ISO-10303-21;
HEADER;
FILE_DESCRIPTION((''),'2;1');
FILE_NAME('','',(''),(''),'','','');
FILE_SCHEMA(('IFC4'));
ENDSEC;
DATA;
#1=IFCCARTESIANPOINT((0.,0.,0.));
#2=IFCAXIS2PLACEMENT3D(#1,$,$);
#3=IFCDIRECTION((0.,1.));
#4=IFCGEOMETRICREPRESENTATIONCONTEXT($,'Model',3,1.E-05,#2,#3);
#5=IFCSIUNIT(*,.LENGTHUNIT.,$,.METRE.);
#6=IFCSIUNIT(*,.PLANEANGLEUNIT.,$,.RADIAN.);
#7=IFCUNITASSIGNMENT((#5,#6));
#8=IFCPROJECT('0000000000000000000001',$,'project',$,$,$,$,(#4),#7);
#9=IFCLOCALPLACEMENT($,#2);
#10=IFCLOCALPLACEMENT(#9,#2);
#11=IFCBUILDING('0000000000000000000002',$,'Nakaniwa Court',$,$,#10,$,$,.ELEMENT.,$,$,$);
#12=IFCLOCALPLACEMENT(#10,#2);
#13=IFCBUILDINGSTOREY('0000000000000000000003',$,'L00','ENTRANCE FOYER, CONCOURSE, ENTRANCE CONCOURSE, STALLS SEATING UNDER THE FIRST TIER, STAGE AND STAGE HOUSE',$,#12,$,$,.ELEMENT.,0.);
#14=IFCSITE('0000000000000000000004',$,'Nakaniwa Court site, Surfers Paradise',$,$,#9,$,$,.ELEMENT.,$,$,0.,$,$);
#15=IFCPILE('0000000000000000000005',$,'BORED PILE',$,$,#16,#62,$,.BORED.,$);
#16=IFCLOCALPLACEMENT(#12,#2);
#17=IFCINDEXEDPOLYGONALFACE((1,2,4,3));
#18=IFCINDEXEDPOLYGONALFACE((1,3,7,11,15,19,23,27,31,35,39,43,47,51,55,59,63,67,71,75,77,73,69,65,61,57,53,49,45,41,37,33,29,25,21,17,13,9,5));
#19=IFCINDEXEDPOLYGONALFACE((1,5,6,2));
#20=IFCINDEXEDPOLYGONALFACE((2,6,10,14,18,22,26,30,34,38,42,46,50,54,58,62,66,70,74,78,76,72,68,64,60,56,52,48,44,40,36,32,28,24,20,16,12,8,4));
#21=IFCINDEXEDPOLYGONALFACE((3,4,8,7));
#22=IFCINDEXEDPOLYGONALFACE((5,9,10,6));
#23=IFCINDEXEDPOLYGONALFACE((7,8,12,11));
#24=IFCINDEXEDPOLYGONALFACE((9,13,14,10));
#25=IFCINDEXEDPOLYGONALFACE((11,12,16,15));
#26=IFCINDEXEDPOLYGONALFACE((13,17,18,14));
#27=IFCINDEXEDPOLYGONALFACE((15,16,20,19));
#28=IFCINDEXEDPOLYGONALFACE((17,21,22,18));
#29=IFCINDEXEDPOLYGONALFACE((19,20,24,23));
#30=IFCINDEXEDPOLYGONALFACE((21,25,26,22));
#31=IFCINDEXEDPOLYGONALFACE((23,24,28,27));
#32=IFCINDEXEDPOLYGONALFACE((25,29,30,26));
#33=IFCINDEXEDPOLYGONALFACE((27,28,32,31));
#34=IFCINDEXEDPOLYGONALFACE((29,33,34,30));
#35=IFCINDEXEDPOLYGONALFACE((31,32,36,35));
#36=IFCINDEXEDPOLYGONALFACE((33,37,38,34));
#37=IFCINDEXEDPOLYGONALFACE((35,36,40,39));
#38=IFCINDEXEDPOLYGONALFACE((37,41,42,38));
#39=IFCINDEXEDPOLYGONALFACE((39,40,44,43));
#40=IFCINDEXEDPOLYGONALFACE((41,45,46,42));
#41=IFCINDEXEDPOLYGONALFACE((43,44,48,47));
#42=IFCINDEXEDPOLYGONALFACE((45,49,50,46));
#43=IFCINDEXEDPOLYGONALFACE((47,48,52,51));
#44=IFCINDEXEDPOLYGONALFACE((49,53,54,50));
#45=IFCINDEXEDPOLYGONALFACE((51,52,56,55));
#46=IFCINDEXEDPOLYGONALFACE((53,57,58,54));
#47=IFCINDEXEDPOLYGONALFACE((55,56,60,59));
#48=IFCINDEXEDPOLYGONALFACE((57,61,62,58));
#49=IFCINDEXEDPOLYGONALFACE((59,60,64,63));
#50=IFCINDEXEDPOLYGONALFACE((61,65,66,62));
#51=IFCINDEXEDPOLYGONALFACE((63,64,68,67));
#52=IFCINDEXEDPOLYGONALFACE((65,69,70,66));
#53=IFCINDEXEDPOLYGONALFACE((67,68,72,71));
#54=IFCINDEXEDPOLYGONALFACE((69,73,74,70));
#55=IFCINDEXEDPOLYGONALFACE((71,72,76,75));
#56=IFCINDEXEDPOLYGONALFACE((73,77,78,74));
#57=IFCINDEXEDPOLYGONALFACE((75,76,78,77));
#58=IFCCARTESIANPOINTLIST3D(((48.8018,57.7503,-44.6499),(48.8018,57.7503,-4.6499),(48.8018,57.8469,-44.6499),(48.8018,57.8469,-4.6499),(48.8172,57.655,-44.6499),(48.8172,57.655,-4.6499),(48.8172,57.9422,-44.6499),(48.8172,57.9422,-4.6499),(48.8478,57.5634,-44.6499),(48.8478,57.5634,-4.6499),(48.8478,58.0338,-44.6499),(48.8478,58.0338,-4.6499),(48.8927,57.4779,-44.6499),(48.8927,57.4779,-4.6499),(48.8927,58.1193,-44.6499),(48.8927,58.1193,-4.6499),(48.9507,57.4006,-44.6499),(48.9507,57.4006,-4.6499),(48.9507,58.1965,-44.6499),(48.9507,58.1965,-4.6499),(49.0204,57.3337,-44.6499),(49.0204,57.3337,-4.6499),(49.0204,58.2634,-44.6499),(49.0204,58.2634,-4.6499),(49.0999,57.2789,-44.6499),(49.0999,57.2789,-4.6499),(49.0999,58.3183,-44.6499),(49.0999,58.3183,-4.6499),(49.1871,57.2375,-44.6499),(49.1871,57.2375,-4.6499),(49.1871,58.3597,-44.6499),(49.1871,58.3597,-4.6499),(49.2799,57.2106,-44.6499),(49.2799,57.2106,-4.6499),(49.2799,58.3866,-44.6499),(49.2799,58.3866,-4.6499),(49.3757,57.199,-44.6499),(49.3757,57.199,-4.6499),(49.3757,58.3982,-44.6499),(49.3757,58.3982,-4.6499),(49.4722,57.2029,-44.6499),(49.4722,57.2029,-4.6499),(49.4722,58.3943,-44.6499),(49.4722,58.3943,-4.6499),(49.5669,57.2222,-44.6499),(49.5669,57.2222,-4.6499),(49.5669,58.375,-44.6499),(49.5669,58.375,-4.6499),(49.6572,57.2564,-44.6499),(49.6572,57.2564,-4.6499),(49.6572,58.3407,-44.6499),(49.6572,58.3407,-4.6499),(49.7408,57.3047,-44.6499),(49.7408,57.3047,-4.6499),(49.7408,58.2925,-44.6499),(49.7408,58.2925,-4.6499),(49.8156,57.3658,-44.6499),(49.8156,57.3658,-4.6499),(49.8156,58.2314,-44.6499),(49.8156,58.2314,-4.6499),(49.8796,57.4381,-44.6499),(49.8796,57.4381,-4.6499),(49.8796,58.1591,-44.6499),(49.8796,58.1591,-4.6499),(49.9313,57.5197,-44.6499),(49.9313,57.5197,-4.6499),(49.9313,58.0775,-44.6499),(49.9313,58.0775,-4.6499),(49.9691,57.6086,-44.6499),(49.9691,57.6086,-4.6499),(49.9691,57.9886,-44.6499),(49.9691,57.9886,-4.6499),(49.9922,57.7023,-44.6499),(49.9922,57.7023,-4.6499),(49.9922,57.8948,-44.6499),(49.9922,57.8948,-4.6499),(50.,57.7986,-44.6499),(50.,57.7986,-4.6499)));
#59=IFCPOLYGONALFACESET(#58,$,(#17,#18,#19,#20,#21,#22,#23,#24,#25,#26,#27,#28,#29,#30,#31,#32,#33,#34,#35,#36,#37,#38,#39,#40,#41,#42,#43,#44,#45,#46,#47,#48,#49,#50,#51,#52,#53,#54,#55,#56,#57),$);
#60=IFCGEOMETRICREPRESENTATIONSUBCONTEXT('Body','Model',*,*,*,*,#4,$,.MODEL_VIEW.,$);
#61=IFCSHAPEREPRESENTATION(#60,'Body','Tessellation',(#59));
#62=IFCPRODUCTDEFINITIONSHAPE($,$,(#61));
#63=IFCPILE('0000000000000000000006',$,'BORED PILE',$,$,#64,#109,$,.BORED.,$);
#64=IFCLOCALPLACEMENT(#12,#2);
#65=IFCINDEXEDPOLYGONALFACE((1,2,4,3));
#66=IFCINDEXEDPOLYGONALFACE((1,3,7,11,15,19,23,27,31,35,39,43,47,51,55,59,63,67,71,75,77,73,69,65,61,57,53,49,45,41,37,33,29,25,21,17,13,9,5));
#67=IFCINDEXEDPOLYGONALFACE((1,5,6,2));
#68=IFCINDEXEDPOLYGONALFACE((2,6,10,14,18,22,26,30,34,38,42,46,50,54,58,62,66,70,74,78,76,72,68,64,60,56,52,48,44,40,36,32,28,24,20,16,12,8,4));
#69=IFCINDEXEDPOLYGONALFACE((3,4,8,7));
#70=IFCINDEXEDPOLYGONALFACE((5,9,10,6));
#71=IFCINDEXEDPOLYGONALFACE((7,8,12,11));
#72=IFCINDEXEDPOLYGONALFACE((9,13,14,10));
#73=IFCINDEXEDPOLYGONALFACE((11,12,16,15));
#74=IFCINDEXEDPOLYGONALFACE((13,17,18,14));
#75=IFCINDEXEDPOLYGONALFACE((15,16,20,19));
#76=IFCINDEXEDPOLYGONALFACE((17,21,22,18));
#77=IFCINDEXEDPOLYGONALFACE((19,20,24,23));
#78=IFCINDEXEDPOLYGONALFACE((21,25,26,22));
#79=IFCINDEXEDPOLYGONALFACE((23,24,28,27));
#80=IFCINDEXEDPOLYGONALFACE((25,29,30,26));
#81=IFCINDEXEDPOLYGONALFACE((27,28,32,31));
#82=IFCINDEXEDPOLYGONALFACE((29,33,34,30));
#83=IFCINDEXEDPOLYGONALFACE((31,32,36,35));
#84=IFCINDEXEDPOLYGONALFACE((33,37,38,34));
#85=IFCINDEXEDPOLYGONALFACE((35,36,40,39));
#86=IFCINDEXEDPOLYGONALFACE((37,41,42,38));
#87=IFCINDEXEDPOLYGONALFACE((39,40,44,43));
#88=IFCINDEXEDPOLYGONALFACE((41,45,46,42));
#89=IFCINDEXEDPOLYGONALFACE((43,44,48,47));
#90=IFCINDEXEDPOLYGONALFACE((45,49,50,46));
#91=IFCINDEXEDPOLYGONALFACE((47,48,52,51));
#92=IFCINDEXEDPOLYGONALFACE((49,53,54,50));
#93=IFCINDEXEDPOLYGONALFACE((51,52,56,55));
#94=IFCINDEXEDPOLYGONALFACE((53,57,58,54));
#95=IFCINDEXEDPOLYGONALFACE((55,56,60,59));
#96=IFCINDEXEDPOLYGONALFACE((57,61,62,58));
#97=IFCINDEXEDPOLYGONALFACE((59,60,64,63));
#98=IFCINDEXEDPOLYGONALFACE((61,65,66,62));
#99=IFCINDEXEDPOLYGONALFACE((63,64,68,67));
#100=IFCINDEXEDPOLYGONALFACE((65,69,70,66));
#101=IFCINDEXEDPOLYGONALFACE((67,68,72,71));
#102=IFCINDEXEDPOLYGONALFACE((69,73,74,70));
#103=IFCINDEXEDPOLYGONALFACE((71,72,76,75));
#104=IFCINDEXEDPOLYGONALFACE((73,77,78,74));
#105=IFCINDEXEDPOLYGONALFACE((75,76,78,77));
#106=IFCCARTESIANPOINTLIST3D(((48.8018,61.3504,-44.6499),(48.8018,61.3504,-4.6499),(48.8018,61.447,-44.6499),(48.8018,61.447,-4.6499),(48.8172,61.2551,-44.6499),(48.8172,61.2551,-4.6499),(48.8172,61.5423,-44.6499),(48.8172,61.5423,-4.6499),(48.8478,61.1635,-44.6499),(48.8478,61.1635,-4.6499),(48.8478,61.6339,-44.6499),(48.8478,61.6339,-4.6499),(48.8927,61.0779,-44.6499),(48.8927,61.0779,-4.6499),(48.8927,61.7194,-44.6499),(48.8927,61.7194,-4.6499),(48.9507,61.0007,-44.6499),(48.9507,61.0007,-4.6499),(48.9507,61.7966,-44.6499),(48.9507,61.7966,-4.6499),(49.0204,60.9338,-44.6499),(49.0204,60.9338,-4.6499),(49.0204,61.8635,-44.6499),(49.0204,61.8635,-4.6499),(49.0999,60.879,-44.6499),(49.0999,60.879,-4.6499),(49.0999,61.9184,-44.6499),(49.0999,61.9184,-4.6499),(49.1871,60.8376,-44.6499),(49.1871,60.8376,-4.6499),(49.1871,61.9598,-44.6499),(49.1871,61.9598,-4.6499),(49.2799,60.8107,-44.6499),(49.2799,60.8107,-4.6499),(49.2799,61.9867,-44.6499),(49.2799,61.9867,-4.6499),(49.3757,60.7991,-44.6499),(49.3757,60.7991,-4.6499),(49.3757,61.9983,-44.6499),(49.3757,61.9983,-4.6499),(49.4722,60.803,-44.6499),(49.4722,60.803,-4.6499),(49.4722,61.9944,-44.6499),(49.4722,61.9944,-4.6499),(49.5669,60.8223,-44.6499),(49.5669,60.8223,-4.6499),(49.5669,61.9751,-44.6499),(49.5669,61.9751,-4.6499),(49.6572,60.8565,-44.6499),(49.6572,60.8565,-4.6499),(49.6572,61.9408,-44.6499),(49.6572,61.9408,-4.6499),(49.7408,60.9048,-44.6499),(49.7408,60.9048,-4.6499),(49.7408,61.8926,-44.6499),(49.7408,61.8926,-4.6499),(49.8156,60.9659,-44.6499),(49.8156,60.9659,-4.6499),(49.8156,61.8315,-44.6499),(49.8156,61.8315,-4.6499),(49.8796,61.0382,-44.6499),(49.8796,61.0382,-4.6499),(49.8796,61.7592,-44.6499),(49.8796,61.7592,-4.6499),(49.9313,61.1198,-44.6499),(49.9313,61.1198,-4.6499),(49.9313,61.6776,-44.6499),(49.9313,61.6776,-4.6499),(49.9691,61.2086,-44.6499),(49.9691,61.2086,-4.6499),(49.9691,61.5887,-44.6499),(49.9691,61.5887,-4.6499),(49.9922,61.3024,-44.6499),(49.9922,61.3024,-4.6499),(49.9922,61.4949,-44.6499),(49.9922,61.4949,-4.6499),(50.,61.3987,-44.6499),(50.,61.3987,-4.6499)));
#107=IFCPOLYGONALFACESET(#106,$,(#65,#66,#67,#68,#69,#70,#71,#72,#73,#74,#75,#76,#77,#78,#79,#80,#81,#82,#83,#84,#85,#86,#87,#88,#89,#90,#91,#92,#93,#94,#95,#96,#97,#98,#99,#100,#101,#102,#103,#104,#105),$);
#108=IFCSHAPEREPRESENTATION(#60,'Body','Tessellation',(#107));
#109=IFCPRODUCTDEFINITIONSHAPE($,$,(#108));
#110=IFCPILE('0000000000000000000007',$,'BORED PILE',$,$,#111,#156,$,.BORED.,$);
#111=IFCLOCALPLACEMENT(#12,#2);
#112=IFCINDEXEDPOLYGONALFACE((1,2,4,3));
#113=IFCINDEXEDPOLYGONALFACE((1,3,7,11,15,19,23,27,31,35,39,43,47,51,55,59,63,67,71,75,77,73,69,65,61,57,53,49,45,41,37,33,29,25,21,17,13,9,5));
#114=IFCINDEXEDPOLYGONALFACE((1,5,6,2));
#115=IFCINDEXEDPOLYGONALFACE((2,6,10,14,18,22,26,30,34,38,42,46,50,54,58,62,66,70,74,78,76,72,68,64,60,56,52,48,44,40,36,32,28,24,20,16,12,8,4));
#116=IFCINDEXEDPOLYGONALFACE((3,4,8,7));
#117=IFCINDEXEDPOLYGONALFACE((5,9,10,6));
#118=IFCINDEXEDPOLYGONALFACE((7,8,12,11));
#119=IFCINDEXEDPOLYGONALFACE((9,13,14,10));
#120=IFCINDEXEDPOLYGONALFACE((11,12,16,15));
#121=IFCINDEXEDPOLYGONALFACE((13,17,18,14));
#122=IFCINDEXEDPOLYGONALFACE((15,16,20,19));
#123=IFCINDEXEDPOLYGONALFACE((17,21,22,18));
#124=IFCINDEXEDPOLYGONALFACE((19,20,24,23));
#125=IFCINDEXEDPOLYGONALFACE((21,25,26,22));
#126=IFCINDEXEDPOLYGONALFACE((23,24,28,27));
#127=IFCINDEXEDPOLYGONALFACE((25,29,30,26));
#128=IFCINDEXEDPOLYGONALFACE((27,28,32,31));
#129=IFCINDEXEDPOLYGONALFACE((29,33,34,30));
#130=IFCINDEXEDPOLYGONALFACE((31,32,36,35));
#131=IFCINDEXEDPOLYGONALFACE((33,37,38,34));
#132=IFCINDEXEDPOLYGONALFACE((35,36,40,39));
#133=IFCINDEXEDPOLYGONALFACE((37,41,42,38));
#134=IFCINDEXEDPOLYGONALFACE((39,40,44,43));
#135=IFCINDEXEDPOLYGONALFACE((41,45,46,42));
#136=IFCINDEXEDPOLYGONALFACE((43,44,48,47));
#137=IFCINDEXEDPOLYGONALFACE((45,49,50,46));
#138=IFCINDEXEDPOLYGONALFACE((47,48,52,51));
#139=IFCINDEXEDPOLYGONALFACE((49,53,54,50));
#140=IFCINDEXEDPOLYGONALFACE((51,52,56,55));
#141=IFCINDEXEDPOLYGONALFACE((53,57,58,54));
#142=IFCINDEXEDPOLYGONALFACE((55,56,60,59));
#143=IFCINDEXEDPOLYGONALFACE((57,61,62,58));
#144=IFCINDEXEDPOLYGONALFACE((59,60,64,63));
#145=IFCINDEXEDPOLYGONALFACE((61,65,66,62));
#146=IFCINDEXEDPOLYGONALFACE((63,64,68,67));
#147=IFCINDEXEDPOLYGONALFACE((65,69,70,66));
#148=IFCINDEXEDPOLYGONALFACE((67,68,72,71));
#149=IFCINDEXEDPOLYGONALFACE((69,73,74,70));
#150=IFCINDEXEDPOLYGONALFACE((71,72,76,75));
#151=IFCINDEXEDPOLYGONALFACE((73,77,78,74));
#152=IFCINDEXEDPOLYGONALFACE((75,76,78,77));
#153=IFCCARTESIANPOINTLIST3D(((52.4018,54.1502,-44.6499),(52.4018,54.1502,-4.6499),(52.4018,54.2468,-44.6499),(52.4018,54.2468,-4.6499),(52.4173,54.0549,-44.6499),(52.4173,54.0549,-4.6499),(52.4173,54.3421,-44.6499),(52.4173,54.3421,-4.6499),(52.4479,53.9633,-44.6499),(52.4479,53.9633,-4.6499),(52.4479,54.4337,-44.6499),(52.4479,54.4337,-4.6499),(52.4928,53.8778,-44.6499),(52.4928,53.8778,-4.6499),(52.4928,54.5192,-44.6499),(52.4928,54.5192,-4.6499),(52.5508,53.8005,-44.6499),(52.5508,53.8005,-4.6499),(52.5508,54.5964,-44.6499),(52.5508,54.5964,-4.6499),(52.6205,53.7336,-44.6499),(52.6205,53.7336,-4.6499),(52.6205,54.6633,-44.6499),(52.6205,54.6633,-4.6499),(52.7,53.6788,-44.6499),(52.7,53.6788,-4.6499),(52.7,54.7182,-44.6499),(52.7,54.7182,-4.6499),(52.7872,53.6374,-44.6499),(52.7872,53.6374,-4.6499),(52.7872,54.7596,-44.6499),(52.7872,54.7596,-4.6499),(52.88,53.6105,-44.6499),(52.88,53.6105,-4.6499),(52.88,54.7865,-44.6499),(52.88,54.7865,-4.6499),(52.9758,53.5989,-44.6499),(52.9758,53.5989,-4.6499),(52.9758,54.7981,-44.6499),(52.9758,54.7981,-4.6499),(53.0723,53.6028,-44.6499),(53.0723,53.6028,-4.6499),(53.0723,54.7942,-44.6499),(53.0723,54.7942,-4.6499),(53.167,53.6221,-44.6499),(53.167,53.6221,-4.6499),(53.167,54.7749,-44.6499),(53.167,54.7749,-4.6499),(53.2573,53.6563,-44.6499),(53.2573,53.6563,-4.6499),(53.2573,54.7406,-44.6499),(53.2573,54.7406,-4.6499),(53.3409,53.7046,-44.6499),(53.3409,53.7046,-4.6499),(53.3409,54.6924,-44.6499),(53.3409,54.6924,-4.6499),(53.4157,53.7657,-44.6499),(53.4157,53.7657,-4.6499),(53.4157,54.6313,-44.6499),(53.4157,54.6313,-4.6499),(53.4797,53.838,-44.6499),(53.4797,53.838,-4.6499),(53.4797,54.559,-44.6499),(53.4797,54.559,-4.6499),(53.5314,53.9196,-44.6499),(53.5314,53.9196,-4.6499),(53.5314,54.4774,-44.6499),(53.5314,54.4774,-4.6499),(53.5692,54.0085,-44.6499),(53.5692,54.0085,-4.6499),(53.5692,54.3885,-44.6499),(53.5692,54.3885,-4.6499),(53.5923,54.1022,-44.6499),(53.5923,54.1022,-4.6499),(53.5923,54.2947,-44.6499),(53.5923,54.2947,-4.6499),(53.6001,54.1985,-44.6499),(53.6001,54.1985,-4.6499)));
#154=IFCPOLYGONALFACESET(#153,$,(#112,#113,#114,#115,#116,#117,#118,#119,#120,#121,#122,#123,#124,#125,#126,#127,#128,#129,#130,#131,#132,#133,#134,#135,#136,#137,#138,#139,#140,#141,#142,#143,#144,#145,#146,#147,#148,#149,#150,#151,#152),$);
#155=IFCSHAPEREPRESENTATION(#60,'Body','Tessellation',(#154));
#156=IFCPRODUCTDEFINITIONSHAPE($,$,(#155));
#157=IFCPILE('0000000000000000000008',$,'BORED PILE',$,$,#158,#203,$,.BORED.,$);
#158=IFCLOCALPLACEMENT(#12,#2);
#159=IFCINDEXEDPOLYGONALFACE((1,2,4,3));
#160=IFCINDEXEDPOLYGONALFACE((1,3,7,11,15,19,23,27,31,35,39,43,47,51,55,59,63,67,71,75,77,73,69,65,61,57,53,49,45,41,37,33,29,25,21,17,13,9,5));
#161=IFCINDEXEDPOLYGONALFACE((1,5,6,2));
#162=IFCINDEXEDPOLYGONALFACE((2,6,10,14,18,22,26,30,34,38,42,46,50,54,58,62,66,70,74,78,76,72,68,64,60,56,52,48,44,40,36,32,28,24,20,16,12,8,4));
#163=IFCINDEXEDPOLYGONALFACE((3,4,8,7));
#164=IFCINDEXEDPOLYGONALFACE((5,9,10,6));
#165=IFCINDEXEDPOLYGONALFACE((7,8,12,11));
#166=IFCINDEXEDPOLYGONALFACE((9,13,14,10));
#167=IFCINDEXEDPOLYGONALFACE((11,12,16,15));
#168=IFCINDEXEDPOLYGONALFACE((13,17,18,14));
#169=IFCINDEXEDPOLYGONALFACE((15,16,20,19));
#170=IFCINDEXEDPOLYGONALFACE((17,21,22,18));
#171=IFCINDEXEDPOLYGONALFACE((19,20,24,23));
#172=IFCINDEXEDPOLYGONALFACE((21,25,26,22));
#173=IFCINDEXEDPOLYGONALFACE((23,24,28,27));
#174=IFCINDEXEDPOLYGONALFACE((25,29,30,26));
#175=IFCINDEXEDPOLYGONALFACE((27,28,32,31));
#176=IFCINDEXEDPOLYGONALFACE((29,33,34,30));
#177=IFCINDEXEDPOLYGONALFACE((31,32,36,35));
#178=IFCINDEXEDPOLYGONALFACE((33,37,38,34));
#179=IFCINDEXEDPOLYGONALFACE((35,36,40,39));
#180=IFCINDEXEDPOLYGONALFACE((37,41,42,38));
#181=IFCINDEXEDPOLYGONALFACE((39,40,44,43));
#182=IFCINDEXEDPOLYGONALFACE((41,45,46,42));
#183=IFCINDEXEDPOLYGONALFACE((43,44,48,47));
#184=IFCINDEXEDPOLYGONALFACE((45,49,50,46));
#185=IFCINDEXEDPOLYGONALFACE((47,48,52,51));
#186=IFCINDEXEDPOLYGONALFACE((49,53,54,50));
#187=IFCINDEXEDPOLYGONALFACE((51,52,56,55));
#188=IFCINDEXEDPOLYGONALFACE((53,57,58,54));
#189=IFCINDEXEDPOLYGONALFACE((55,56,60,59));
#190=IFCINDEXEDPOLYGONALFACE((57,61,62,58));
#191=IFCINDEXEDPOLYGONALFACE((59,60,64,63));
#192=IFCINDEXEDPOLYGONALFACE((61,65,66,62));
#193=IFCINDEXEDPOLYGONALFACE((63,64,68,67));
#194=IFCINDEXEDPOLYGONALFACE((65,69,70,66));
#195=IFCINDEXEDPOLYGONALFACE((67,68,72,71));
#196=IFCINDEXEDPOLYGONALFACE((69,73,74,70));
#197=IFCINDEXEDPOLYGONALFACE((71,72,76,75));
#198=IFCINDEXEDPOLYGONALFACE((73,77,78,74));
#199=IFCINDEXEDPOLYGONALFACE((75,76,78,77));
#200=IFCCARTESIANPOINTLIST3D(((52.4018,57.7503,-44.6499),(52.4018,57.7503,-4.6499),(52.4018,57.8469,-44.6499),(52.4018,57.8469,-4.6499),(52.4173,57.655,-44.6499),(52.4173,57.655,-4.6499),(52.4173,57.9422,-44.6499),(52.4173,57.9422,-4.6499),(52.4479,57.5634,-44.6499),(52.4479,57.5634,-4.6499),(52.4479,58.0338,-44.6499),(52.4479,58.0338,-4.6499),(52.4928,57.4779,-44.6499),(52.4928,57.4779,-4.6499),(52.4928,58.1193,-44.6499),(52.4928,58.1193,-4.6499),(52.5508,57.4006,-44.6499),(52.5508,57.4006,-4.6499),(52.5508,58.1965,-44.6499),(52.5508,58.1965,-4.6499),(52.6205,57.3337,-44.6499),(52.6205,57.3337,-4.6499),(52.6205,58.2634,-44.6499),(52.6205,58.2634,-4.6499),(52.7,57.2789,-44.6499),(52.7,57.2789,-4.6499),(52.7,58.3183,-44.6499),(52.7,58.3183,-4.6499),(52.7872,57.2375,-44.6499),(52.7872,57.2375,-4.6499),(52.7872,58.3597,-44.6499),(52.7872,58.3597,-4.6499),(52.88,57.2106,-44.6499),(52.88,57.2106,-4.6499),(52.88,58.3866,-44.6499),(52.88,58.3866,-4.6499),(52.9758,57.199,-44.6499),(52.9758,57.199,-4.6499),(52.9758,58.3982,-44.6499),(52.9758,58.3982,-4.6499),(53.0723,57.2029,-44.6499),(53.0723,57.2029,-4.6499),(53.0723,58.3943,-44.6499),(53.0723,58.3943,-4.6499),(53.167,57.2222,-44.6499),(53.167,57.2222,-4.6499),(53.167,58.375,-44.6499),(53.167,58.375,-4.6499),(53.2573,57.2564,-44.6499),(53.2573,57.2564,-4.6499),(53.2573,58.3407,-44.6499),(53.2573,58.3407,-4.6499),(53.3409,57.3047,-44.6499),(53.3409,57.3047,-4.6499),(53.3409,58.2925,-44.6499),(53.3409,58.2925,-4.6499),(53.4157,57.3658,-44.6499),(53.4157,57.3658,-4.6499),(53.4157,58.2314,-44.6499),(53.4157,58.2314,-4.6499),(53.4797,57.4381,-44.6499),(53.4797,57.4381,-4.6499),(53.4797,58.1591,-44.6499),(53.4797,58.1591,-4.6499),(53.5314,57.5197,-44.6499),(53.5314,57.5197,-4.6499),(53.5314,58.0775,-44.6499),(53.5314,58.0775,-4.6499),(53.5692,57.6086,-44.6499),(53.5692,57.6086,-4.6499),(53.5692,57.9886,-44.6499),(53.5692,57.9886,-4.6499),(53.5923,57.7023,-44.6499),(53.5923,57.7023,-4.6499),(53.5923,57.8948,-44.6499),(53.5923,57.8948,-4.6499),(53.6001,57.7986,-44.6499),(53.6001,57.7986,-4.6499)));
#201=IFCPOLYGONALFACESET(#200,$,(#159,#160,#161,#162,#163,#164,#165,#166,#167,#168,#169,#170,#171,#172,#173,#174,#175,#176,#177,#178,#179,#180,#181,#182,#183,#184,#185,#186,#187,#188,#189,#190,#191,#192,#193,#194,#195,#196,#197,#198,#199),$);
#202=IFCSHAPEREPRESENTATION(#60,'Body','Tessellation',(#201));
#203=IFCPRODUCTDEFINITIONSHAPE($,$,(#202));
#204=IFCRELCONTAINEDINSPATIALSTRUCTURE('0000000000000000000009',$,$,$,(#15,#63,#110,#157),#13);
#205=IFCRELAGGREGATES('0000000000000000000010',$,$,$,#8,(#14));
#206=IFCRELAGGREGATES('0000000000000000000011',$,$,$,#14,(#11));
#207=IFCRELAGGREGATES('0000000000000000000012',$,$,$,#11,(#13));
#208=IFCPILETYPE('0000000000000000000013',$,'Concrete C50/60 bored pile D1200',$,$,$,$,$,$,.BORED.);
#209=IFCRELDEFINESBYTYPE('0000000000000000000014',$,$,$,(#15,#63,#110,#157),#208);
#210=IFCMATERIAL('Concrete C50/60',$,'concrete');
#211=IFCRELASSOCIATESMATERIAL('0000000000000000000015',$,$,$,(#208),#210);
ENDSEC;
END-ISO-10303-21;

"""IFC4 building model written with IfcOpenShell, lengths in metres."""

from ifc_helpers import new_model, si_unit, direction, frame, origin, origin_2d, place, context, subcontext, project, spatial, circle, extrude, material, material_profile, profile_set, type_object, element, save


model = new_model("IFC4")

# Units and contexts
model_context = context("Model", 3, precision=1e-05, world=origin(), true_north=direction((0.0, 1.0)))
body_context = subcontext(model_context, "Body", "Model", "MODEL_VIEW")
ifc_project = project(units=[si_unit("LENGTHUNIT", "METRE"), si_unit("PLANEANGLEUNIT", "RADIAN")], contexts=[model_context])

# Site, building, storey
site_placement = place(None, origin())
site = spatial("IfcSite", under=ifc_project, at=site_placement, Name="Nakaniwa Court site, Surfers Paradise", CompositionType="ELEMENT", RefElevation=0.0)
building_placement = place(site_placement, origin())
building = spatial("IfcBuilding", under=site, at=building_placement, Name="Nakaniwa Court", CompositionType="ELEMENT")
storey_placement = place(building_placement, origin())
storey = spatial("IfcBuildingStorey", under=building, at=storey_placement, Name="L00", Description="ENTRANCE FOYER, CONCOURSE, ENTRANCE CONCOURSE, STALLS SEATING UNDER THE FIRST TIER, STAGE AND STAGE HOUSE", CompositionType="ELEMENT", Elevation=0.0)

# Piles
ifc_material_1 = material(Name="Concrete C50/60", Category="concrete")
ifc_material_profile_1 = material_profile(ifc_material_1, circle(Radius=0.6001, at=origin_2d()), Name="Concrete C50/60 bored pile D1200")
ifc_profile_set_1 = profile_set([ifc_material_profile_1], Name="Concrete C50/60")
pile_type = type_object("IfcPileType", Name="Concrete C50/60 bored pile D1200", PredefinedType="BORED", material=ifc_profile_set_1)
for number, where, z_axis, x_axis, name in (
    (1, (49.3999, 57.7986, -4.6499), (0.0, 0.0, -1.0), (1.0, 0.0, 0.0), "BORED PILE"),
    (2, (49.3999, 61.3987, -4.6499), (0.0, 0.0, -1.0), (1.0, 0.0, 0.0), "BORED PILE"),
    (3, (53.0, 54.1985, -4.6499), (0.0, 0.0, -1.0), (1.0, 0.0, 0.0), "BORED PILE"),
    (4, (53.0, 57.7986, -4.6499), (0.0, 0.0, -1.0), (1.0, 0.0, 0.0), "BORED PILE"),
):
    element("IfcPile", number, at=place(storey_placement, frame(where, z_axis=z_axis, x_axis=x_axis)), inside=storey, type_object=pile_type, Name=name, PredefinedType="BORED", context=body_context, shape_type="SweptSolid", body=[
        extrude(circle(Radius=0.6001, at=origin_2d()), origin(), (0.0, 0.0, 1.0), 40.0),
    ])

save(model, "model.ifc")
